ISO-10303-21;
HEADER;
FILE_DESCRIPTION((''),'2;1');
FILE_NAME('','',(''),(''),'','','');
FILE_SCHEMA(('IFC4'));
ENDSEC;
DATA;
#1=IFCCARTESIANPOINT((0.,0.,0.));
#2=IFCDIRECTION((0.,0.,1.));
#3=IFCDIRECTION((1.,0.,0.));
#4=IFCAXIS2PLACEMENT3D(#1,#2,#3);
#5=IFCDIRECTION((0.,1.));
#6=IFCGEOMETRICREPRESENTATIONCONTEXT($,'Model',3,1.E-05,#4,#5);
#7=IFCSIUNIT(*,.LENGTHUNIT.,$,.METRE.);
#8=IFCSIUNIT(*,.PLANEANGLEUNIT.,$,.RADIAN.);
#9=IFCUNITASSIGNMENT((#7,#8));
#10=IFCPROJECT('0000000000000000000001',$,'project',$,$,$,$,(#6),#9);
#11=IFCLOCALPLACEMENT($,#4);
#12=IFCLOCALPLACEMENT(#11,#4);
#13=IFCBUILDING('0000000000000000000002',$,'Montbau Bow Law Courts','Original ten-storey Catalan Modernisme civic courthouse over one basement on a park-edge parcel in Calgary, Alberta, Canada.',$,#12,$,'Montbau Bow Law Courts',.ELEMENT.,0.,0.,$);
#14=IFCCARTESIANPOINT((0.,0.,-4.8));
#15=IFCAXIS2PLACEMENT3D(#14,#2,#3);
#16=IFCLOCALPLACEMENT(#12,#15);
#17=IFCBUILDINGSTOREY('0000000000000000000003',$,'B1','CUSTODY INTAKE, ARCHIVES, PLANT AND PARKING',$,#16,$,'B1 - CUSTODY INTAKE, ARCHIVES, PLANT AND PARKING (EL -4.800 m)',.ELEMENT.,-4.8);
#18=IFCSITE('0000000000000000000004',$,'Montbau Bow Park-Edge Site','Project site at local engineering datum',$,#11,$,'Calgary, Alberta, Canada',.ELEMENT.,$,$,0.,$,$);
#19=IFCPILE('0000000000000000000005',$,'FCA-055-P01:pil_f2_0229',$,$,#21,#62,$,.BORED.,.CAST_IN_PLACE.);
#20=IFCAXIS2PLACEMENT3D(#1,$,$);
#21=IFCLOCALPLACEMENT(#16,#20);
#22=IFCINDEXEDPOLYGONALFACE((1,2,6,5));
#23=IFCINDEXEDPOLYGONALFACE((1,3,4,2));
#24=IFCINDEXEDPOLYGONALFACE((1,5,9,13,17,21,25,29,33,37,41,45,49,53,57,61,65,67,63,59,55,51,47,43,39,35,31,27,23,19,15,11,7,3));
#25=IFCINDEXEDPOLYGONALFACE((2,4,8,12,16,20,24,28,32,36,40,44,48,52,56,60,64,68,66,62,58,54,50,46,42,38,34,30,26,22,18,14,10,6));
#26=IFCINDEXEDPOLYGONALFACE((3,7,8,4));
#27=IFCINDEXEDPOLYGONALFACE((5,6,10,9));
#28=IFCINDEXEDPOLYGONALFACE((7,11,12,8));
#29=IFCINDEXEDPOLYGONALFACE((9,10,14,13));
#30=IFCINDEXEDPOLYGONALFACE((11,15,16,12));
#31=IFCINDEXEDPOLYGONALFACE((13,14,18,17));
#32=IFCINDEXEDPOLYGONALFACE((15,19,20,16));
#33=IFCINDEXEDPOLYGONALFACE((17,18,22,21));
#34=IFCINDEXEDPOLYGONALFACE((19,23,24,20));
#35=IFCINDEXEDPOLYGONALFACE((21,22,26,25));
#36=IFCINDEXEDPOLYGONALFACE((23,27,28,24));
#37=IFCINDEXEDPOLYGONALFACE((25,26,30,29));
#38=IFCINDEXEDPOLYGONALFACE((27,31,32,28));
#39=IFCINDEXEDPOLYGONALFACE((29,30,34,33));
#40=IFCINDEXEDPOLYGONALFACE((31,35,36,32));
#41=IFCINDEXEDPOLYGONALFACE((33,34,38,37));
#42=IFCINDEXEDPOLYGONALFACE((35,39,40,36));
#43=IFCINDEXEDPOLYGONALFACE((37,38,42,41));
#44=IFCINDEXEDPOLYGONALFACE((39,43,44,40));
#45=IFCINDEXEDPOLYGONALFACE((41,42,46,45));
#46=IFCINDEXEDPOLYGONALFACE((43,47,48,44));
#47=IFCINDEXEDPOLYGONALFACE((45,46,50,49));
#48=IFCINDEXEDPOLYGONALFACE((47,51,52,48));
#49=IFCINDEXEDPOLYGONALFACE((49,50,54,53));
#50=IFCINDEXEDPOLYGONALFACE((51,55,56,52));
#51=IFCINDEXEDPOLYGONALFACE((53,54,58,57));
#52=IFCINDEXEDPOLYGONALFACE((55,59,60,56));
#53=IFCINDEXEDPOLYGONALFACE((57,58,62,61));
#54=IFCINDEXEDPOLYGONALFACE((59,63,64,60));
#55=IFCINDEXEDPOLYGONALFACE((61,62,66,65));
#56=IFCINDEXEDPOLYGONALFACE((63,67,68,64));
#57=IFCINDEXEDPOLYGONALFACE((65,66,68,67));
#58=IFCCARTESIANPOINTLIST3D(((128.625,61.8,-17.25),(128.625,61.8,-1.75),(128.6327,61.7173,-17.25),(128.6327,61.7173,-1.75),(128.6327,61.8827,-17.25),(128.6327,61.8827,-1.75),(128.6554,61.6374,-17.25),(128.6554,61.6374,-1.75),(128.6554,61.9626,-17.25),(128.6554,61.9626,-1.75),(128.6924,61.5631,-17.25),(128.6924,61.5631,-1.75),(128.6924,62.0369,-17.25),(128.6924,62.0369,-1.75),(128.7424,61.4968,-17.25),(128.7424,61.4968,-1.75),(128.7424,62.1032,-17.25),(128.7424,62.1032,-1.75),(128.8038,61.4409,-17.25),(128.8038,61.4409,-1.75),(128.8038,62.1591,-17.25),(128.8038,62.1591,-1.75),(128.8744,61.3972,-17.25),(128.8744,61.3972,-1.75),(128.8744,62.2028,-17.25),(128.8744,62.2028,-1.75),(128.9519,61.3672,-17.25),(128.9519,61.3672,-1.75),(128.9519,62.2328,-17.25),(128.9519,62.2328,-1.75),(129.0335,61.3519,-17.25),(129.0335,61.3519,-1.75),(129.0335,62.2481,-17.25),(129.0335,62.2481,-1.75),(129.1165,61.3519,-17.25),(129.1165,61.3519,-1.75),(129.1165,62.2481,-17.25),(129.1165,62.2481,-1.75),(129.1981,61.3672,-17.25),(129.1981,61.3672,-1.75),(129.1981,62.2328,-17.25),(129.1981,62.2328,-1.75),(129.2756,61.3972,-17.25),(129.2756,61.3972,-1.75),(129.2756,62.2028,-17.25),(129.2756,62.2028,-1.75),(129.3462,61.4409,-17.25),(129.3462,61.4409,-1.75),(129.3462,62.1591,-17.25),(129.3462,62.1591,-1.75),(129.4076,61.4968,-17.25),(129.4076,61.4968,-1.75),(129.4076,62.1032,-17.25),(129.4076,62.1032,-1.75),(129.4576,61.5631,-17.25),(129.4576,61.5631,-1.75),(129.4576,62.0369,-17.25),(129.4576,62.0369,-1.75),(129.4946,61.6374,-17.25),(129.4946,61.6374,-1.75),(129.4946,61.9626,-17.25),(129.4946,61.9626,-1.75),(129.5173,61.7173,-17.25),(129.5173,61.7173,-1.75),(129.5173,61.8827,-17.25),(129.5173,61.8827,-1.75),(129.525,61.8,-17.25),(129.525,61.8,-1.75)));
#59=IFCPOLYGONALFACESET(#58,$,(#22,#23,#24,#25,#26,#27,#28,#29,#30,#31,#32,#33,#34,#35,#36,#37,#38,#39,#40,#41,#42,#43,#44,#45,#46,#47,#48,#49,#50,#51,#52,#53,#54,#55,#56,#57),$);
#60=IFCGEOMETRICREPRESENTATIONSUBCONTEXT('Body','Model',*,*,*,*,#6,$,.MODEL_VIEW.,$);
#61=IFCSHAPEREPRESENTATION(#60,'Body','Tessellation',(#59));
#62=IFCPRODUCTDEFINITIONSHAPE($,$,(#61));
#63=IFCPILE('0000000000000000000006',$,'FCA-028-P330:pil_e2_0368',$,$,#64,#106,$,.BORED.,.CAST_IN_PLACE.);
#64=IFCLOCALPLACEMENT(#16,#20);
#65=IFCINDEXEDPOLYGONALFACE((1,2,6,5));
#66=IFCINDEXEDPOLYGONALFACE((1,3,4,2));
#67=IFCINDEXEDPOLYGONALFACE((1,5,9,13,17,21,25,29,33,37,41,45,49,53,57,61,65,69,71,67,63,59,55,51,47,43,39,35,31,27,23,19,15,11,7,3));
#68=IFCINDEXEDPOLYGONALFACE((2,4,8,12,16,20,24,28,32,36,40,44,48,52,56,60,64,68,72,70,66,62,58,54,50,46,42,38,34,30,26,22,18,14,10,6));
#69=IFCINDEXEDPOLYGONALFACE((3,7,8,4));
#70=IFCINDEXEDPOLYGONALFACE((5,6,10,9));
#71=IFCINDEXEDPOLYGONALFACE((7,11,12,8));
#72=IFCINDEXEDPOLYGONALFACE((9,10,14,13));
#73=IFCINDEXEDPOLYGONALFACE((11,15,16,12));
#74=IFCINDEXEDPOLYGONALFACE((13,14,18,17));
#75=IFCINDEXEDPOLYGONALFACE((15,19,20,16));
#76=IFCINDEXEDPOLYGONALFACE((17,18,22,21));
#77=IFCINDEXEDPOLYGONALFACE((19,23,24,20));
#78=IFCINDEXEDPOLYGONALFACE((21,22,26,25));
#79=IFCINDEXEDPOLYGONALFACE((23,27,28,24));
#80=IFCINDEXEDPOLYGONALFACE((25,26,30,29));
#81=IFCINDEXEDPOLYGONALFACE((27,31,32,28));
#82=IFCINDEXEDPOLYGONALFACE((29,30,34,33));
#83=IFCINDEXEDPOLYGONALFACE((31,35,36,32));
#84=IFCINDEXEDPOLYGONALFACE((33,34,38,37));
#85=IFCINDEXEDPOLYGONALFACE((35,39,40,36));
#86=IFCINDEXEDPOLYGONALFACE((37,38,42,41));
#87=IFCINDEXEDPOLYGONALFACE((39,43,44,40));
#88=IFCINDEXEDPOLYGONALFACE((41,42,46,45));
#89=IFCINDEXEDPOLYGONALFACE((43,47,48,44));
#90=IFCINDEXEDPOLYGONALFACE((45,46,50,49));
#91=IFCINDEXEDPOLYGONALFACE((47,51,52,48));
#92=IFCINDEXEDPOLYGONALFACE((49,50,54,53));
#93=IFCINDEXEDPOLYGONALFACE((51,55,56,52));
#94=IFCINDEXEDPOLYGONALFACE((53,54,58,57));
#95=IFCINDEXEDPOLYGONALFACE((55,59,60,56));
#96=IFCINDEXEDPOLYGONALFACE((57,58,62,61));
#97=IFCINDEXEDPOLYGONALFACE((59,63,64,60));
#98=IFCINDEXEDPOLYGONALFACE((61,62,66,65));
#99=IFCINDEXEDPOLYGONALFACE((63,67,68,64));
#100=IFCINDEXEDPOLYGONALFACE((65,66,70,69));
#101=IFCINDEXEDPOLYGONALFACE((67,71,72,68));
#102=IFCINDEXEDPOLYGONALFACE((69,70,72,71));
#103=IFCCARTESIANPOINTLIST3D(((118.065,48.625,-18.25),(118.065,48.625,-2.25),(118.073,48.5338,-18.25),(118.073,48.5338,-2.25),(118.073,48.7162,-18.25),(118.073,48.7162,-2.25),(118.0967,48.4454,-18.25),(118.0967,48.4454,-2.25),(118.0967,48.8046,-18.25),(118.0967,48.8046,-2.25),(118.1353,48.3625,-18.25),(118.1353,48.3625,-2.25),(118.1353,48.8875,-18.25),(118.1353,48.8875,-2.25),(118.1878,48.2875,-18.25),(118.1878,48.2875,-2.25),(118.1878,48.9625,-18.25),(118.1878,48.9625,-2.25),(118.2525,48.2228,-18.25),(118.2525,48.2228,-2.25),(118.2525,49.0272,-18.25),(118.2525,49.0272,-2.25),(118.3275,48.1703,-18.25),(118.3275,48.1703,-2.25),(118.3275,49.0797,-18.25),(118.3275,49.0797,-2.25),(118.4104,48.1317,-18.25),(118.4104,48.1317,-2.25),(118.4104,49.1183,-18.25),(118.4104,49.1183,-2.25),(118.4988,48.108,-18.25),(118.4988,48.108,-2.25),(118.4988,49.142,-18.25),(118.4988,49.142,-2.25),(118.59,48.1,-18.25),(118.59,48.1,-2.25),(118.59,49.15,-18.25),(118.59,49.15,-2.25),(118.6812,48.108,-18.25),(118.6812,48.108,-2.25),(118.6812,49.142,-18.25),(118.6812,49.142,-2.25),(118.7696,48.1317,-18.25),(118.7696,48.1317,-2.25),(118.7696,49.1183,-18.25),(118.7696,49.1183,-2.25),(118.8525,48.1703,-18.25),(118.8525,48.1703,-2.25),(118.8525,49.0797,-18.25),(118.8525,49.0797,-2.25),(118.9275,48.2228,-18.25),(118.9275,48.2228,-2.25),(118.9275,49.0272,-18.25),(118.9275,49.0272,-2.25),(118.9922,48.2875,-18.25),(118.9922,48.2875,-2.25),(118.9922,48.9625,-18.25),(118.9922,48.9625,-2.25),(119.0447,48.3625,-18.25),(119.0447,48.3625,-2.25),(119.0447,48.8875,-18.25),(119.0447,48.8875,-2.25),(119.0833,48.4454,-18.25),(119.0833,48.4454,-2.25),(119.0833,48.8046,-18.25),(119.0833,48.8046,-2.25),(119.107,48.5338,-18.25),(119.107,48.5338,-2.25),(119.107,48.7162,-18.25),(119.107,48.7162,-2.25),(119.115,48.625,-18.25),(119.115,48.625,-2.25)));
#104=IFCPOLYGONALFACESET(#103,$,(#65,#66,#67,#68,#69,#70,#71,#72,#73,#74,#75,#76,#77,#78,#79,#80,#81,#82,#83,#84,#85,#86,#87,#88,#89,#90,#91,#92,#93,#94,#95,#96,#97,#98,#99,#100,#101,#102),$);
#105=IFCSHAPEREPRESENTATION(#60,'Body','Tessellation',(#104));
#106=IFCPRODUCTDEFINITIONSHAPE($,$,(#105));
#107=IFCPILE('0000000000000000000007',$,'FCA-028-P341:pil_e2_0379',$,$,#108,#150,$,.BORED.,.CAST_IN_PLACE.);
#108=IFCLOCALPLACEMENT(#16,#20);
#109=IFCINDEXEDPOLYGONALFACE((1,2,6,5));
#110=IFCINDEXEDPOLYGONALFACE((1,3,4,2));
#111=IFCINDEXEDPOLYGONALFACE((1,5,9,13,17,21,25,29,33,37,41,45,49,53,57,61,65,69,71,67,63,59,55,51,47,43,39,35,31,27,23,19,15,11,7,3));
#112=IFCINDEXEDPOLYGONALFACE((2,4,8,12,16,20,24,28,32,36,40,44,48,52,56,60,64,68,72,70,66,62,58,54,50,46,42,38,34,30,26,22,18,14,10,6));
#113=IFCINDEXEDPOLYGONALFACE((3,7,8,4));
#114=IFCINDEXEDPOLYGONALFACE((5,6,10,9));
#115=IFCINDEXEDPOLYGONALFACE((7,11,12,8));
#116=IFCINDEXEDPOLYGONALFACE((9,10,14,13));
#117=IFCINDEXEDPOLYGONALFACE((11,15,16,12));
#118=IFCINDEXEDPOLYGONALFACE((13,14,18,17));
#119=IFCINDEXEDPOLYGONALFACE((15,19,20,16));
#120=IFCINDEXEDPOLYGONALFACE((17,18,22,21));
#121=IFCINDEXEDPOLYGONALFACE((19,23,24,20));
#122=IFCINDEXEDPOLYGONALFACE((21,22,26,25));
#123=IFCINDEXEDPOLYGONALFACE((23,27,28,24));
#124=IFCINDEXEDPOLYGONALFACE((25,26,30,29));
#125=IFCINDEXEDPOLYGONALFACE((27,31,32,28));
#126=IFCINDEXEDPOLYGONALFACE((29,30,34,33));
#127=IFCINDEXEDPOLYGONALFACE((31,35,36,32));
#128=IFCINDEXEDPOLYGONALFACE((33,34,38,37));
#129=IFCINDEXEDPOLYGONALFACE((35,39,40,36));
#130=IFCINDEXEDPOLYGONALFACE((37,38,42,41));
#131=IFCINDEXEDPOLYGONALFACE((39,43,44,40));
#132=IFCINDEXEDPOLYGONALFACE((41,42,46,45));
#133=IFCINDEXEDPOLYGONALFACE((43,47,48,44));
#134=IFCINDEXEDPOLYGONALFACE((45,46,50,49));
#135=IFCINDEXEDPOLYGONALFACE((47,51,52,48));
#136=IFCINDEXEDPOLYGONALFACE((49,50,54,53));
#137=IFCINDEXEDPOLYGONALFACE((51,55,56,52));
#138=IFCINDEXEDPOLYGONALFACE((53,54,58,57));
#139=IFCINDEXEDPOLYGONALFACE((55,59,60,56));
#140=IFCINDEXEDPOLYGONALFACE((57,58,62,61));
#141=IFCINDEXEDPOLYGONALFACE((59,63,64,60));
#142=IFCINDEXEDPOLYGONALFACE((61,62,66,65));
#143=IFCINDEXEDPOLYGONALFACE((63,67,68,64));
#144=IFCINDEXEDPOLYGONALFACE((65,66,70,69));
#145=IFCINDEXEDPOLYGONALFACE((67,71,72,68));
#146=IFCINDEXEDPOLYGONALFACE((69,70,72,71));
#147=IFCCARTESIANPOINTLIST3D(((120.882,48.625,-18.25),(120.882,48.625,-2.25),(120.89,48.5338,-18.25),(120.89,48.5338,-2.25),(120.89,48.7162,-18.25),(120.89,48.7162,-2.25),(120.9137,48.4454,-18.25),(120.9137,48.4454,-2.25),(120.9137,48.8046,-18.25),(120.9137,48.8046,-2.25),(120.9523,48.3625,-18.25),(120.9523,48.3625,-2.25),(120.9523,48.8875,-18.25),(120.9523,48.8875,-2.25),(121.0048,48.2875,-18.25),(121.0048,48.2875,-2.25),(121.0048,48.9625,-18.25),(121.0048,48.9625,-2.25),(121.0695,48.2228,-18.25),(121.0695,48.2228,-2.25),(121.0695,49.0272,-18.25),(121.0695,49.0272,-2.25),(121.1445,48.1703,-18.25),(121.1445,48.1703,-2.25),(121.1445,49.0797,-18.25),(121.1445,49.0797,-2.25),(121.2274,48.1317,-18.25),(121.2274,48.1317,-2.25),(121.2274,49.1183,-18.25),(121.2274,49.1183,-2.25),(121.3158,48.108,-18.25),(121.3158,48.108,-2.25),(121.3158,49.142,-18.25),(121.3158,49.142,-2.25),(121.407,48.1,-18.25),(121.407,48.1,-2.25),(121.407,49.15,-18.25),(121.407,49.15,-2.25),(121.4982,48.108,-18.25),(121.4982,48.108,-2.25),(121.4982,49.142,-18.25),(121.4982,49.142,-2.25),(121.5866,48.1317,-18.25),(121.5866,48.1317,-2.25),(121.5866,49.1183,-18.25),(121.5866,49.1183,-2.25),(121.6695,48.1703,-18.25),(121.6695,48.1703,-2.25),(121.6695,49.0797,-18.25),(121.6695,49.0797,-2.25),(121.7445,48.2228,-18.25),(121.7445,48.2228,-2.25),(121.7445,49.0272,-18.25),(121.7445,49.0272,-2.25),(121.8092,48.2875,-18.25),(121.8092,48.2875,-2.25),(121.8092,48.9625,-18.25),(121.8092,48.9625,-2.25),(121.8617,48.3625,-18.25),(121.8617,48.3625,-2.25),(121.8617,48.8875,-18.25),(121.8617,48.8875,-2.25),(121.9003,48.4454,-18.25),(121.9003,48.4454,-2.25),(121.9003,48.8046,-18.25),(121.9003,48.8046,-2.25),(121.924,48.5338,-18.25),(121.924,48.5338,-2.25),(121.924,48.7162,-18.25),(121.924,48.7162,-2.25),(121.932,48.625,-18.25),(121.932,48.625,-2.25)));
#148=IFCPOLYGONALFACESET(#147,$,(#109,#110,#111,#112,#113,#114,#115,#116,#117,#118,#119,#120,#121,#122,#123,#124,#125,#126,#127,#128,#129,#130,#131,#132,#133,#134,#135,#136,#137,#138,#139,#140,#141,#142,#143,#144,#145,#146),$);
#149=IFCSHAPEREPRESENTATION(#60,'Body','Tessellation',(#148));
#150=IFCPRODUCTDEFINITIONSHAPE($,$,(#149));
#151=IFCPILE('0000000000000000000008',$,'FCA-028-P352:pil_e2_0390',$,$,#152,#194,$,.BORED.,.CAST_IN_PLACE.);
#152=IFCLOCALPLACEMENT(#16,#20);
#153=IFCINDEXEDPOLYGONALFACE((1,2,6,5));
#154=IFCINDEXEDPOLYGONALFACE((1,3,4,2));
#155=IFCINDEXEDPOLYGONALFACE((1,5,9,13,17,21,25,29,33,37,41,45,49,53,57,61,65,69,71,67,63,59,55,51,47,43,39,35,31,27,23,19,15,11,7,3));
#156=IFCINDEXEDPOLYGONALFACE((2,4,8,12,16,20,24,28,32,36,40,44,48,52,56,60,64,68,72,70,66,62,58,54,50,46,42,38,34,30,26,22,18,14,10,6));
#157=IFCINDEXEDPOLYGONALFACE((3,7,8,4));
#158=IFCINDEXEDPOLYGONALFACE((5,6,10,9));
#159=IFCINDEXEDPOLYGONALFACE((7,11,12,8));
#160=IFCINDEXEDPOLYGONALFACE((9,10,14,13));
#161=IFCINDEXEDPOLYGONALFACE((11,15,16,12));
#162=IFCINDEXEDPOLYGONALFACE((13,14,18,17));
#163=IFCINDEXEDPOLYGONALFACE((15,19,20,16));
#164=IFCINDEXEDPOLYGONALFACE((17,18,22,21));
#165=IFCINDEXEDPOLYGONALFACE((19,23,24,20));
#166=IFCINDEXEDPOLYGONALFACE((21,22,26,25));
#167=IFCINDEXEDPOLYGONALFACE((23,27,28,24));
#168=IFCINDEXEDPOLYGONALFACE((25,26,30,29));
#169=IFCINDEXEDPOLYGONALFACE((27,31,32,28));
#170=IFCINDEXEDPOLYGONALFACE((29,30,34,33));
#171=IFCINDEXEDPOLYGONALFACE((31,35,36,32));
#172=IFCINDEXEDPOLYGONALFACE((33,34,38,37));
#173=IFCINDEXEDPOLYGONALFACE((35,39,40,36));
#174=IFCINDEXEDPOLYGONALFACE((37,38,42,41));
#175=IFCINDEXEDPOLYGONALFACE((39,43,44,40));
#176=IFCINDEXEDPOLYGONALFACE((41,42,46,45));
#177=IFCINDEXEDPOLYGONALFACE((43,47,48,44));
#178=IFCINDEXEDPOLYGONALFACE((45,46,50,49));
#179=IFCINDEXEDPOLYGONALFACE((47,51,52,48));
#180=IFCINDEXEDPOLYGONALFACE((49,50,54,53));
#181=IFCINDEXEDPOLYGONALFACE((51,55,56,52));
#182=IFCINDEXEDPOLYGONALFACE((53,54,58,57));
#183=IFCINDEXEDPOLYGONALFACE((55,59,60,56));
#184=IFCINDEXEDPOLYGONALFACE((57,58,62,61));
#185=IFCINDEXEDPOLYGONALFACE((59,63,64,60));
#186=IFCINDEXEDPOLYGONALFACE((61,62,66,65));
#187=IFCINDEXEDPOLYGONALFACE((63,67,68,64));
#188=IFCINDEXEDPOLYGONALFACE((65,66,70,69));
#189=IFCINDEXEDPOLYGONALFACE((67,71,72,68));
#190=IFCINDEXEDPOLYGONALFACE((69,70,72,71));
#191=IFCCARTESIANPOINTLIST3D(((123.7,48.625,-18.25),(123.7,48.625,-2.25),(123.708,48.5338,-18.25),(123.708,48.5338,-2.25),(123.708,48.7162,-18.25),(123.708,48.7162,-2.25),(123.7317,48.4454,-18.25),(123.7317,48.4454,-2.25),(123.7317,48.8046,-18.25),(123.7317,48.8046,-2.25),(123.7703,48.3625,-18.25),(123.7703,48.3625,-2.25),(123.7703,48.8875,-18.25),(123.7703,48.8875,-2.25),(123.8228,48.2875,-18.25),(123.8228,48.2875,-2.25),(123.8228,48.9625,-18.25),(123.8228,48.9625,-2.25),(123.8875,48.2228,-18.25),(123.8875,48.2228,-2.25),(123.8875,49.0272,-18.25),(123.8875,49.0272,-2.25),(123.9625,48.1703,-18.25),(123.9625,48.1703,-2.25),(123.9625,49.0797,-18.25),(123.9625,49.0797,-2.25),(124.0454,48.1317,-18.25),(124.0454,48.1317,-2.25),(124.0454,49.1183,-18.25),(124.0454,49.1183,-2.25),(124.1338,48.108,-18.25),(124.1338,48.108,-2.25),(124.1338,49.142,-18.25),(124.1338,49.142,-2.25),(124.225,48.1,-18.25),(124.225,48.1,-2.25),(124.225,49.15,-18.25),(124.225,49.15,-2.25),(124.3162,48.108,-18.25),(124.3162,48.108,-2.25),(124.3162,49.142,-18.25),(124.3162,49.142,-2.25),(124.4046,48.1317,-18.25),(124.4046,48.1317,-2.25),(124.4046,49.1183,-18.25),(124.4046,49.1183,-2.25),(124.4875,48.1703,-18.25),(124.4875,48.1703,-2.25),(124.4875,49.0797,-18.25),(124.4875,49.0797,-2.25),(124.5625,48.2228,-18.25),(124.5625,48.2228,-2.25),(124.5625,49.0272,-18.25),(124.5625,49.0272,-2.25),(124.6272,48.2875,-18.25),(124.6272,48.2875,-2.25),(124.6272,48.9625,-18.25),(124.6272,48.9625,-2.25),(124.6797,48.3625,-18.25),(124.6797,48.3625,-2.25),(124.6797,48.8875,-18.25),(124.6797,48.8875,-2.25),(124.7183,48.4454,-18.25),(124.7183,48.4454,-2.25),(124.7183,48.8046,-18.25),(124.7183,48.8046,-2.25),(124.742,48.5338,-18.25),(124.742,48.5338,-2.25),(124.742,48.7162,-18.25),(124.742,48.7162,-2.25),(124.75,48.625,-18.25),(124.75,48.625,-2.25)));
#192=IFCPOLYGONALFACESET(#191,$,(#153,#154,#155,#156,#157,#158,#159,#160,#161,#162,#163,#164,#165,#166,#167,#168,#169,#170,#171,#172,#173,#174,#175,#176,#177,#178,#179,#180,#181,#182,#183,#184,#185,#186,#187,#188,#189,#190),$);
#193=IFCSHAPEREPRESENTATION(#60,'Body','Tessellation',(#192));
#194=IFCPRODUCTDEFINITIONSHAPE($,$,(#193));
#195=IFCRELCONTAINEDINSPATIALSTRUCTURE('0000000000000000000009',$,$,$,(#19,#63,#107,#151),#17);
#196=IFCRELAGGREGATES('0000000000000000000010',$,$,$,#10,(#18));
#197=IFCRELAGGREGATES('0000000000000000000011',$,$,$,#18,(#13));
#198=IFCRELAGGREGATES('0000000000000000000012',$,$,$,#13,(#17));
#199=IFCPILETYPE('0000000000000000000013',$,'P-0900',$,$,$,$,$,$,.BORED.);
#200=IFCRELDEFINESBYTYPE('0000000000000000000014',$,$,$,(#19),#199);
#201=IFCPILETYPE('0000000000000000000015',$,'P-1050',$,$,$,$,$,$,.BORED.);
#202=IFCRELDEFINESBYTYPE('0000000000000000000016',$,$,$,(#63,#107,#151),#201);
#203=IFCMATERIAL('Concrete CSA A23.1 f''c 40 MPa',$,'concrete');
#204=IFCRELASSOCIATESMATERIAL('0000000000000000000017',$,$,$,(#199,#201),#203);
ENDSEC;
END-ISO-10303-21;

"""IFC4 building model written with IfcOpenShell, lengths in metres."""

from ifc_helpers import new_model, si_unit, direction, frame, origin_with_axes, origin_2d_with_axis, place, context, subcontext, project, spatial, circle, extrude, material, material_profile, profile_set, type_object, element, save


model = new_model("IFC4")

# Units and contexts
model_context = context("Model", 3, precision=1e-05, world=origin_with_axes(), true_north=direction((0.0, 1.0)))
body_context = subcontext(model_context, "Body", "Model", "MODEL_VIEW")
ifc_project = project(units=[si_unit("LENGTHUNIT", "METRE"), si_unit("PLANEANGLEUNIT", "RADIAN")], contexts=[model_context])

# Site, building, storey
site_placement = place(None, origin_with_axes())
site = spatial("IfcSite", under=ifc_project, at=site_placement, Name="Montbau Bow Park-Edge Site", Description="Project site at local engineering datum", LongName="Calgary, Alberta, Canada", CompositionType="ELEMENT", RefElevation=0.0)
building_placement = place(site_placement, origin_with_axes())
building = spatial("IfcBuilding", under=site, at=building_placement, Name="Montbau Bow Law Courts", Description="Original ten-storey Catalan Modernisme civic courthouse over one basement on a park-edge parcel in Calgary, Alberta, Canada.", LongName="Montbau Bow Law Courts", CompositionType="ELEMENT", ElevationOfRefHeight=0.0, ElevationOfTerrain=0.0)
storey_placement = place(building_placement, frame((0.0, 0.0, -4.8), z_axis=(0.0, 0.0, 1.0), x_axis=(1.0, 0.0, 0.0)))
storey = spatial("IfcBuildingStorey", under=building, at=storey_placement, Name="B1", Description="CUSTODY INTAKE, ARCHIVES, PLANT AND PARKING", LongName="B1 - CUSTODY INTAKE, ARCHIVES, PLANT AND PARKING (EL -4.800 m)", CompositionType="ELEMENT", Elevation=-4.8)

# Piles
ifc_material_1 = material(Name="Concrete CSA A23.1 f'c 40 MPa", Category="concrete")
ifc_material_profile_1 = material_profile(ifc_material_1, circle(Radius=0.45, at=origin_2d_with_axis()), Name="BP900", Category="Main", Priority=0)
ifc_profile_set_1 = profile_set([ifc_material_profile_1], Name="Concrete CSA A23.1 f'c 40 MPa")
pile_type_1 = type_object("IfcPileType", Name="P-0900", PredefinedType="BORED", material=ifc_profile_set_1)
for number, where, z_axis, x_axis, name in (
    (1, (129.075, 61.8, -22.05), (0.0, 0.0, 1.0), (1.0, 0.0, 0.0), "FCA-055-P01:pil_f2_0229"),
):
    element("IfcPile", number, at=place(None, frame(where, z_axis=z_axis, x_axis=x_axis)), inside=storey, type_object=pile_type_1, Name=name, ConstructionType="CAST_IN_PLACE", PredefinedType="BORED", context=body_context, shape_type="SweptSolid", body=[
        extrude(circle(Radius=0.45, at=origin_2d_with_axis()), origin_with_axes(), (0.0, 0.0, 1.0), 15.5),
    ])
ifc_material_profile_2 = material_profile(ifc_material_1, circle(Radius=0.525, at=origin_2d_with_axis()), Name="BP1050", Category="Main", Priority=0)
ifc_profile_set_2 = profile_set([ifc_material_profile_2], Name="Concrete CSA A23.1 f'c 40 MPa")
pile_type_2 = type_object("IfcPileType", Name="P-1050", PredefinedType="BORED", material=ifc_profile_set_2)
for number, where, z_axis, x_axis, name in (
    (2, (118.59, 48.625, -23.05), (0.0, 0.0, 1.0), (1.0, 0.0, 0.0), "FCA-028-P330:pil_e2_0368"),
    (3, (121.407, 48.625, -23.05), (0.0, 0.0, 1.0), (1.0, 0.0, 0.0), "FCA-028-P341:pil_e2_0379"),
    (4, (124.225, 48.625, -23.05), (0.0, 0.0, 1.0), (1.0, 0.0, 0.0), "FCA-028-P352:pil_e2_0390"),
):
    element("IfcPile", number, at=place(None, frame(where, z_axis=z_axis, x_axis=x_axis)), inside=storey, type_object=pile_type_2, Name=name, ConstructionType="CAST_IN_PLACE", PredefinedType="BORED", context=body_context, shape_type="SweptSolid", body=[
        extrude(circle(Radius=0.525, at=origin_2d_with_axis()), origin_with_axes(), (0.0, 0.0, 1.0), 16.0),
    ])

save(model, "model.ifc")
